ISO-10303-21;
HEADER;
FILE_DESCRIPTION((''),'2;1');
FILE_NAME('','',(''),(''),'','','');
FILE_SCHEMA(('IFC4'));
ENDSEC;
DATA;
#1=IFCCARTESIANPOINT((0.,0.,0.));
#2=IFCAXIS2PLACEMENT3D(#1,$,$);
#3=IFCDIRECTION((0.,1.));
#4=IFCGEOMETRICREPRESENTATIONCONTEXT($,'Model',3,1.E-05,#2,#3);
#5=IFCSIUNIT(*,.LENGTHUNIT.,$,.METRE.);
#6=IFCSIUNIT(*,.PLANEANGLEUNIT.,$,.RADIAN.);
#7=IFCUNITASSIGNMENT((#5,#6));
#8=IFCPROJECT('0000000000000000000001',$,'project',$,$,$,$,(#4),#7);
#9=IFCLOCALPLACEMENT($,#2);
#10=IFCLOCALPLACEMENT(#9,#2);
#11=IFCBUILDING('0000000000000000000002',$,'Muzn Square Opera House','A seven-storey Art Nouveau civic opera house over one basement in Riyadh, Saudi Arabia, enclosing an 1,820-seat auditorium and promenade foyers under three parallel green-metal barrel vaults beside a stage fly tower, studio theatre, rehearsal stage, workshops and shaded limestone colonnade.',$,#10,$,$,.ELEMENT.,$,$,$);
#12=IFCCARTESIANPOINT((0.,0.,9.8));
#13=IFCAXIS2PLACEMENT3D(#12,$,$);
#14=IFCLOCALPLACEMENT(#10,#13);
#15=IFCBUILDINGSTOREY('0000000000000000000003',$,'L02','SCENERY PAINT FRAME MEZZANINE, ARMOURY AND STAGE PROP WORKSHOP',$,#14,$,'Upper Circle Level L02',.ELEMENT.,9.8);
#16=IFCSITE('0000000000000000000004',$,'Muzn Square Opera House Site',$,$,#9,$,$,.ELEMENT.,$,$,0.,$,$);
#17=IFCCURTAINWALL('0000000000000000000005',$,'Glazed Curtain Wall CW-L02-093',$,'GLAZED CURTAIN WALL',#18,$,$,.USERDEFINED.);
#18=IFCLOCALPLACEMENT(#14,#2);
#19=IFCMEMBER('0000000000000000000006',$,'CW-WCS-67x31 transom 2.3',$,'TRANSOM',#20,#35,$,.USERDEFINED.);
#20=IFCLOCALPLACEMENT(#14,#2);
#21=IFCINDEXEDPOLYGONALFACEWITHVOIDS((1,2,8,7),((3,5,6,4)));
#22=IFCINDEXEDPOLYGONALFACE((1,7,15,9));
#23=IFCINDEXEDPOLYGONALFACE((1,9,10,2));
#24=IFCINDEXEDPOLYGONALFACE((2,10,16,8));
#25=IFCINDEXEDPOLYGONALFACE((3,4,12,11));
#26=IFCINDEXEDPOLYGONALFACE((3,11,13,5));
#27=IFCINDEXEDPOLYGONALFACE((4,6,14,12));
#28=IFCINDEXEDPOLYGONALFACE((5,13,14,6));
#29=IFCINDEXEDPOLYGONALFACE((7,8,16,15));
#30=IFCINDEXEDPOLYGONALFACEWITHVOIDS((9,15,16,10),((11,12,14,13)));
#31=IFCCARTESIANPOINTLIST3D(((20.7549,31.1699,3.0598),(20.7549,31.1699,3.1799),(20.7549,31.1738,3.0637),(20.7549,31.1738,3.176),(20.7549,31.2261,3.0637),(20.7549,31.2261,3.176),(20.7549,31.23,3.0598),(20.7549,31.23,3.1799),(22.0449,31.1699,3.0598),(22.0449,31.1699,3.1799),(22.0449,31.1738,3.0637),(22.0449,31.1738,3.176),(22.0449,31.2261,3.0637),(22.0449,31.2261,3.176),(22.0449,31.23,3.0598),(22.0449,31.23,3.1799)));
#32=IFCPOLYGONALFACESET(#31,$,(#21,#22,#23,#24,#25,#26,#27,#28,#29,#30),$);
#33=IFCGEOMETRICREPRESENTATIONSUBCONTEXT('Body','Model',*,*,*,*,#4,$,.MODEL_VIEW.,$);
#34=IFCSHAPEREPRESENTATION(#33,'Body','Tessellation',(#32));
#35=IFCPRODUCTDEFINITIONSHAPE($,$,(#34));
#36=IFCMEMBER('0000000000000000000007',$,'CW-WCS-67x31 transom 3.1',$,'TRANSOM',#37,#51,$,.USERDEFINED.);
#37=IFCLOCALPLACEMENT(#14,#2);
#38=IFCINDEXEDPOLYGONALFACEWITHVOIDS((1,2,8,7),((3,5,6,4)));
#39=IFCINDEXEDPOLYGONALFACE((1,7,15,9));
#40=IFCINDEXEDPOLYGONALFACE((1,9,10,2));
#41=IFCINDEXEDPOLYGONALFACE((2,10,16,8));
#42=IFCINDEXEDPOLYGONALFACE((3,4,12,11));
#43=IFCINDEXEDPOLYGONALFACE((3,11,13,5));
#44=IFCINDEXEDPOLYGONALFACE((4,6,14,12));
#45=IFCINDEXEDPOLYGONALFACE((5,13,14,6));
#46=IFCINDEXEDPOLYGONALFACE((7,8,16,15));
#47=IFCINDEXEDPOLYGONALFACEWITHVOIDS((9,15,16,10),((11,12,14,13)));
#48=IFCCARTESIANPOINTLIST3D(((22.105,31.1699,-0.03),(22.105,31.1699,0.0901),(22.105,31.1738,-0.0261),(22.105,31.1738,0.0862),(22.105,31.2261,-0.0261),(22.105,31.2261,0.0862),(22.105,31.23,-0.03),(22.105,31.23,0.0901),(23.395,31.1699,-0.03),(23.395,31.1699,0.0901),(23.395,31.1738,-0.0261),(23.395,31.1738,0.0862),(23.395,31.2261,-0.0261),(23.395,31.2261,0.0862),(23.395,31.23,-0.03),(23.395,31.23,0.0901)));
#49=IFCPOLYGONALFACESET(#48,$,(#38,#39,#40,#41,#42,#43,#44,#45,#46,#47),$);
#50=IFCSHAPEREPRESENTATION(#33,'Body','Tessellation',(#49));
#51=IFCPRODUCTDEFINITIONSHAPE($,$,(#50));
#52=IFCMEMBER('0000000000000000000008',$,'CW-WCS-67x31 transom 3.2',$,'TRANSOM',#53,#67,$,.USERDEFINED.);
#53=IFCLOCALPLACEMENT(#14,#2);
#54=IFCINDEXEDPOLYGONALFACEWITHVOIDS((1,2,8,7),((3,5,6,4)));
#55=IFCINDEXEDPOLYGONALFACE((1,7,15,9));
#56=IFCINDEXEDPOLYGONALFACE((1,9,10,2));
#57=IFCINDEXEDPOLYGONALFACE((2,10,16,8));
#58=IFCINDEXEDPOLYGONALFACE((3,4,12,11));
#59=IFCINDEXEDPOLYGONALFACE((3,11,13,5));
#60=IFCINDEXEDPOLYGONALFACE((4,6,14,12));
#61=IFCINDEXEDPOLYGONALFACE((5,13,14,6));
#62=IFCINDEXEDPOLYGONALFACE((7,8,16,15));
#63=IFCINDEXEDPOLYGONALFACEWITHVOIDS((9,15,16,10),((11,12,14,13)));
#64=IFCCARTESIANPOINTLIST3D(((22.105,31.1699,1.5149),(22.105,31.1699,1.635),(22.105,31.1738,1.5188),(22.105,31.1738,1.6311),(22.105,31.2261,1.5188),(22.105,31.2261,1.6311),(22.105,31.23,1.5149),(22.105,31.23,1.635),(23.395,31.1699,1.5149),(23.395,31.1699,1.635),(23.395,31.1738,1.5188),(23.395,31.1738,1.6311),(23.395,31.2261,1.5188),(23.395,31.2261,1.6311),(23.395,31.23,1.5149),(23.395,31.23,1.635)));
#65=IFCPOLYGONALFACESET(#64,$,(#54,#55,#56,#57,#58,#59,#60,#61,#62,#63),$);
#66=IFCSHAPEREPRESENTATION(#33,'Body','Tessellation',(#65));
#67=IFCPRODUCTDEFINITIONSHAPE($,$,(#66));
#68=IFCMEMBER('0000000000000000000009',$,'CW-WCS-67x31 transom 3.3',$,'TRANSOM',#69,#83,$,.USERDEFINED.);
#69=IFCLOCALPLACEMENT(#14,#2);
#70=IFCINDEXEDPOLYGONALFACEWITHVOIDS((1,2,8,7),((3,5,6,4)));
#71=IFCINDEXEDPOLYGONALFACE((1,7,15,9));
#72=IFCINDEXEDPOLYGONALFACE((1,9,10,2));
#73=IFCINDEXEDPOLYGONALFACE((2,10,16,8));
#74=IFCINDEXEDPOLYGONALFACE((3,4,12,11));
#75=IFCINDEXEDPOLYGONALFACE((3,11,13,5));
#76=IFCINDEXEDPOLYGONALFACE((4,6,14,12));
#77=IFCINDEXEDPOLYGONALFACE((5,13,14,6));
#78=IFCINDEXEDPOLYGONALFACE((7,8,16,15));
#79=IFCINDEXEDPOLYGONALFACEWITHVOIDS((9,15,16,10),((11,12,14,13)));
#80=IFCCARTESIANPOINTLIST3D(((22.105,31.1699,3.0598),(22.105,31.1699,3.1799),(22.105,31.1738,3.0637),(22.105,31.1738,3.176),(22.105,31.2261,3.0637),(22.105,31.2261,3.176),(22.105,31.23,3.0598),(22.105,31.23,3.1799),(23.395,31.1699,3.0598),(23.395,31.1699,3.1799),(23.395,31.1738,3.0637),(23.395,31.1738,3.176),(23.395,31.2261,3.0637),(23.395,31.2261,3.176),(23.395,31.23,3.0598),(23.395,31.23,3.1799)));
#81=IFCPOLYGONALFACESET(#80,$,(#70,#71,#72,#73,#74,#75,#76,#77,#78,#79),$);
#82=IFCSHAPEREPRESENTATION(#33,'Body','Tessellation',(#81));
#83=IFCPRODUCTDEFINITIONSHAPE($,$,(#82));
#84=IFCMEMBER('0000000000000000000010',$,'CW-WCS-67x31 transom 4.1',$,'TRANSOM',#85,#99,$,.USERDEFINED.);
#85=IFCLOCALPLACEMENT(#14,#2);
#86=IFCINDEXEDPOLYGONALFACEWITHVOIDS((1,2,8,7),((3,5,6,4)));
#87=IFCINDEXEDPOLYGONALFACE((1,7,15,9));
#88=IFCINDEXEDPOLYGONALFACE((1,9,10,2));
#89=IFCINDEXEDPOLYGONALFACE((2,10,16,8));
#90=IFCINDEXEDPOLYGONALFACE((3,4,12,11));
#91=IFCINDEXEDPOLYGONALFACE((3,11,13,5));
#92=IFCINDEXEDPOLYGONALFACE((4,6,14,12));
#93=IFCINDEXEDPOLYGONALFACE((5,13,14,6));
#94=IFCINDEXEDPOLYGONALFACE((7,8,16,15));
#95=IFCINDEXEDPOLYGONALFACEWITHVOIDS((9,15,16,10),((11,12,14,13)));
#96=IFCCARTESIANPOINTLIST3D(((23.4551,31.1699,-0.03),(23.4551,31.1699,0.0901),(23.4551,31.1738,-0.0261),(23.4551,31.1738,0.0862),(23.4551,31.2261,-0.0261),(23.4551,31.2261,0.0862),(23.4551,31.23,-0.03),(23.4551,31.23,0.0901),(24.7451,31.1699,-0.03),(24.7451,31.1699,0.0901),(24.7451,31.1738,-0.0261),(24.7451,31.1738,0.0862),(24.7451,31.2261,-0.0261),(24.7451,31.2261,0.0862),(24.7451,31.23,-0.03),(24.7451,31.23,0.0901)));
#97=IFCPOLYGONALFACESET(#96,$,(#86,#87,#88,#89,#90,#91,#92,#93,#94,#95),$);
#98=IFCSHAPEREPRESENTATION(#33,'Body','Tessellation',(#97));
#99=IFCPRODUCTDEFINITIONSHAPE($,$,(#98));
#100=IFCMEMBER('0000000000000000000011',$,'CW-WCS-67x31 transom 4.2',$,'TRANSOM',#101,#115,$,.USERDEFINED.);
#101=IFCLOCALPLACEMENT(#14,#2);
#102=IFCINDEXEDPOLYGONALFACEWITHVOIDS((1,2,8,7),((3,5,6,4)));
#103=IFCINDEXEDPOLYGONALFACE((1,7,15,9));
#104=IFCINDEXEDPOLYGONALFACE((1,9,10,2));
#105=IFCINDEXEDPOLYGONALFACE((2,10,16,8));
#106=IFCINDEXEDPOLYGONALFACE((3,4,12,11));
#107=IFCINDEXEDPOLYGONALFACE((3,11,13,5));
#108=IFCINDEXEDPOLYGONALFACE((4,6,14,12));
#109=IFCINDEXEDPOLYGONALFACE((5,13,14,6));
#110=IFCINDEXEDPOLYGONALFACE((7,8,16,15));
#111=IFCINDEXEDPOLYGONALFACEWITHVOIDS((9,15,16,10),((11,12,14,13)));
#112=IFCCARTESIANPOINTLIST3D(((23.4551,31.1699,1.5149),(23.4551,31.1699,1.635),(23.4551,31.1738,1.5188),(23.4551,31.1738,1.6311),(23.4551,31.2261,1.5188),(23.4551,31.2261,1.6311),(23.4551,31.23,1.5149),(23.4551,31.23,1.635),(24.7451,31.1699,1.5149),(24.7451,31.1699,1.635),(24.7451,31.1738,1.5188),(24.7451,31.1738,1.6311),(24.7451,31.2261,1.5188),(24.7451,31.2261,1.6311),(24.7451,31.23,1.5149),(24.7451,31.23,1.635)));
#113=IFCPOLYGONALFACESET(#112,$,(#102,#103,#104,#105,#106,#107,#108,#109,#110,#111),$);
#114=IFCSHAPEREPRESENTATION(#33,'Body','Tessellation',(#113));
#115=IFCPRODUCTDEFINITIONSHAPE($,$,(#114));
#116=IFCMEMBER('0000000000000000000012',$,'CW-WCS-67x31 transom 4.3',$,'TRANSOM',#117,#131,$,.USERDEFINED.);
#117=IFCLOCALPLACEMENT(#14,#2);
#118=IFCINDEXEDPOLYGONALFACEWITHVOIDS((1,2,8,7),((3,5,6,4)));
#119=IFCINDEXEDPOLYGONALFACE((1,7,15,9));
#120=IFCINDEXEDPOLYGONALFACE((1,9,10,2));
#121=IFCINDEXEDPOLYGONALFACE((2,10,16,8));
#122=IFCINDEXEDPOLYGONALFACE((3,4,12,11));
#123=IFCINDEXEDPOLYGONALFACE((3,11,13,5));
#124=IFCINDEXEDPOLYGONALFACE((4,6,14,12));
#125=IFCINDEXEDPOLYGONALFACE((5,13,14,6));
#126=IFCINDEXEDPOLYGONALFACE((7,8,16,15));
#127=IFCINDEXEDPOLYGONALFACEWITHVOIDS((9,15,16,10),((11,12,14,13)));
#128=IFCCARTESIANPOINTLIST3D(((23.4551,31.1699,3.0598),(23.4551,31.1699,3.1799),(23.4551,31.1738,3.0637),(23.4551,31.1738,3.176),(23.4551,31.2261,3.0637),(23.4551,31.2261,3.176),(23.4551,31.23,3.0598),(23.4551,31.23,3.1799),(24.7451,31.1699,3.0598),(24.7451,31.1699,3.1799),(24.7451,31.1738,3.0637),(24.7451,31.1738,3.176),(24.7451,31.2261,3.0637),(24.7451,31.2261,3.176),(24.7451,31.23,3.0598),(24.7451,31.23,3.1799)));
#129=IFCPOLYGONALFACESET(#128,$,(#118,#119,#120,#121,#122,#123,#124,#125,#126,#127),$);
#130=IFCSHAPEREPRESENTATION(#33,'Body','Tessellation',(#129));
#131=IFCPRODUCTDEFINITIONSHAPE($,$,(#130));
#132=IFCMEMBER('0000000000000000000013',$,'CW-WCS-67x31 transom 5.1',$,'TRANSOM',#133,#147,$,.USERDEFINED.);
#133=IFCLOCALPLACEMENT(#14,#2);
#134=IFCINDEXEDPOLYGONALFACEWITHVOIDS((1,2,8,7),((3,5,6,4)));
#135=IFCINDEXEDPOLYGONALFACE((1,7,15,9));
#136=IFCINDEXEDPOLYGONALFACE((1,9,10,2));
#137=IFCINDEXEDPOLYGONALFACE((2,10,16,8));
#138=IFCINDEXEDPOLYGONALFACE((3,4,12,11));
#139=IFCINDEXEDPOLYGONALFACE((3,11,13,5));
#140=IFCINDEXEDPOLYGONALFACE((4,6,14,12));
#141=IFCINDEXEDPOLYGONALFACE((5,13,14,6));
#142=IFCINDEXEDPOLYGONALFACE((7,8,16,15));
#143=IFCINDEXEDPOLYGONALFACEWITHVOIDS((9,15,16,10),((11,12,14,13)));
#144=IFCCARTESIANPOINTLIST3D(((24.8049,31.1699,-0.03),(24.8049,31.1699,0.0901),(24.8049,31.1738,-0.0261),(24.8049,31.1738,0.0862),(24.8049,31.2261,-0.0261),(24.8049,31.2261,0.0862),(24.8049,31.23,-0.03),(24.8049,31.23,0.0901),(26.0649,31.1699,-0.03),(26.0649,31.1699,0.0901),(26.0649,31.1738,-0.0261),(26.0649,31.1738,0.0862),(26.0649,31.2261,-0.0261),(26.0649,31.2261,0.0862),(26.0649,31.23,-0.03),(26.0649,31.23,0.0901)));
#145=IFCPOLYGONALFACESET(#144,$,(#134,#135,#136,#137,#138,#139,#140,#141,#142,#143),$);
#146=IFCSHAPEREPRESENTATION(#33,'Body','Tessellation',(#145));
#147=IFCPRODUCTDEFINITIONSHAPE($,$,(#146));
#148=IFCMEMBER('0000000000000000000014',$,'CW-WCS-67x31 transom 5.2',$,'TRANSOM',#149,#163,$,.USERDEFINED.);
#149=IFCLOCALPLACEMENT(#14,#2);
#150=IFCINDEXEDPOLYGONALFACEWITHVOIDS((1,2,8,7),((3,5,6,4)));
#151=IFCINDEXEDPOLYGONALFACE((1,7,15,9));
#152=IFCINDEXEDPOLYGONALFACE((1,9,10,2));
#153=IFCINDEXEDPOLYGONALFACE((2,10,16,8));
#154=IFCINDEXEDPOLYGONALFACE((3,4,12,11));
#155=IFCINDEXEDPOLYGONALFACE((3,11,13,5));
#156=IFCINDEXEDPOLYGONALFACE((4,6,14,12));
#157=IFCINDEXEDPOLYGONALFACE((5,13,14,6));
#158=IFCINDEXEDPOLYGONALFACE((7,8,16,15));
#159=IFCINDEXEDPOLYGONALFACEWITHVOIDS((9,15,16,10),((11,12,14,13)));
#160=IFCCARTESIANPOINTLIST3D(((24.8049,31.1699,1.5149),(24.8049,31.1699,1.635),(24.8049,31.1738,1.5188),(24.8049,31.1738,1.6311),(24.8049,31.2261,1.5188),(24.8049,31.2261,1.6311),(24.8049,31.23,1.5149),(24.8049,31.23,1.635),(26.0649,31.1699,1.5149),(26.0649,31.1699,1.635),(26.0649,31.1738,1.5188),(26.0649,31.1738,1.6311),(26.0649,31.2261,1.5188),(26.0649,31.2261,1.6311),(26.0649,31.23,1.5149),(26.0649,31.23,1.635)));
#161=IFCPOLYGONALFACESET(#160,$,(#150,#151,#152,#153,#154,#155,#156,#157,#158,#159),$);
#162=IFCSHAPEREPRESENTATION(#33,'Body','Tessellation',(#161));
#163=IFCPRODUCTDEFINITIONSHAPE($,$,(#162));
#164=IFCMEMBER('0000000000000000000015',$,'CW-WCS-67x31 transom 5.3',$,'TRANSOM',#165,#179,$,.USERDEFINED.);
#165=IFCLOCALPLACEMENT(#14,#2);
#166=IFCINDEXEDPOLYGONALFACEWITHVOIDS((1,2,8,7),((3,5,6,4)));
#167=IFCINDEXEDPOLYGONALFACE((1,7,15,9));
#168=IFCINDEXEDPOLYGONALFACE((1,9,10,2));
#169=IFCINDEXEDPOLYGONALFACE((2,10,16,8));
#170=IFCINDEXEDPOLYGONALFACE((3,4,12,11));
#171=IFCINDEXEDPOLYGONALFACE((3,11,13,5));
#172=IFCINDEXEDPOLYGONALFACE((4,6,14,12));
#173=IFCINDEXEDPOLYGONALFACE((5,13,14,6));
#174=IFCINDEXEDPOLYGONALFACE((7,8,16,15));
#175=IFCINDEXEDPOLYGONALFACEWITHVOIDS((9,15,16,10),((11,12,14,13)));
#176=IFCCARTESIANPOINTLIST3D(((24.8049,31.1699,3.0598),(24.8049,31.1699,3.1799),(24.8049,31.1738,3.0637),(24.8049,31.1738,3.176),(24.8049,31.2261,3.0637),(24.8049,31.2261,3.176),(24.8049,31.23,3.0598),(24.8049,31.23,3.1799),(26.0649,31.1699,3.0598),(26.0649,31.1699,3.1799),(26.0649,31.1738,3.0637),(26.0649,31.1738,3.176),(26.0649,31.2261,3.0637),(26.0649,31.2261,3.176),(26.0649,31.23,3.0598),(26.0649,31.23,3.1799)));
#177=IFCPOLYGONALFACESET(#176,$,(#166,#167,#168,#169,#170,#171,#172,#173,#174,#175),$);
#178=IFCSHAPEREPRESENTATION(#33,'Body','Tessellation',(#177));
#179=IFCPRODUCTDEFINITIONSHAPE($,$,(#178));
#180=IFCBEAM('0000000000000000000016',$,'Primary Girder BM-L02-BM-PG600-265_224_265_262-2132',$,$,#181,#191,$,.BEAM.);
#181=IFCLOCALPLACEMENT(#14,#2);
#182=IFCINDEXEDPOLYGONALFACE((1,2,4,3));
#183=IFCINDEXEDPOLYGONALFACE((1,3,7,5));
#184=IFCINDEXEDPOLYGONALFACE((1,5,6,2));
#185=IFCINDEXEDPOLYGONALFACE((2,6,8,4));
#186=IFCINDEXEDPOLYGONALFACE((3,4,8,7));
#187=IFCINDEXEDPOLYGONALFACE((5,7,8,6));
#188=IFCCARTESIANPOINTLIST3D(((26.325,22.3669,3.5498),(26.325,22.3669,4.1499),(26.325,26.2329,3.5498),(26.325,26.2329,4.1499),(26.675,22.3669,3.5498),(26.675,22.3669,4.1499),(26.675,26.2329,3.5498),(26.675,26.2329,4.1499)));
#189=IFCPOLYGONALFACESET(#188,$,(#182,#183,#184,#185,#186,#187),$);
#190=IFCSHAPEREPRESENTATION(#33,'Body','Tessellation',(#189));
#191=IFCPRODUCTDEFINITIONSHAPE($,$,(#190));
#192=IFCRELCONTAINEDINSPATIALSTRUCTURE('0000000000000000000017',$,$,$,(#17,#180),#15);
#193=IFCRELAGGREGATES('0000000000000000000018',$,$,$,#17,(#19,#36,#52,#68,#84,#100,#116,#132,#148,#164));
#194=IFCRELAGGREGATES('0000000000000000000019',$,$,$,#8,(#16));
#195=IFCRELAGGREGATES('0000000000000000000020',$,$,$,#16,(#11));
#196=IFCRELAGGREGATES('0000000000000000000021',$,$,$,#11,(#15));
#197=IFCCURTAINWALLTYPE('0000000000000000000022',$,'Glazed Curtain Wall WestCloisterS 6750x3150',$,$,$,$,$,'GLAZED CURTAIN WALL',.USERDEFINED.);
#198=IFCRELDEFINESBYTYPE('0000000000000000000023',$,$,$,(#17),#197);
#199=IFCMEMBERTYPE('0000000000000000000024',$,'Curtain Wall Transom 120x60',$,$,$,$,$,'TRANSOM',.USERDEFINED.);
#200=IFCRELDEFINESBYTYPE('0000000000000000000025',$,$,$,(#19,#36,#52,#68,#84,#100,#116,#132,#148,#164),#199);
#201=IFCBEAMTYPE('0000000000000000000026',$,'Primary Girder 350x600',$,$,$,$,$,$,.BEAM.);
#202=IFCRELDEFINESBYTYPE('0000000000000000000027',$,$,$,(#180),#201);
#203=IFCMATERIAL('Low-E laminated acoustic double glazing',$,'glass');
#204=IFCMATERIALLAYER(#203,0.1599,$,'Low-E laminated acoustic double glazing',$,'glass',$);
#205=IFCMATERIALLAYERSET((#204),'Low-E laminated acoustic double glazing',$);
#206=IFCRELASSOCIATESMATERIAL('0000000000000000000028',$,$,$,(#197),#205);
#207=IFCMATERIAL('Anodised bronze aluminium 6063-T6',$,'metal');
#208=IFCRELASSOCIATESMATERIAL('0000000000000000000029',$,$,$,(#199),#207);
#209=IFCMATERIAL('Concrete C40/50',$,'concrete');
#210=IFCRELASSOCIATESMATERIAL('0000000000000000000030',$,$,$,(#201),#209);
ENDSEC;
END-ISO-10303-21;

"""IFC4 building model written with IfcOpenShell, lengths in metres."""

from ifc_helpers import new_model, si_unit, direction, frame, origin, origin_2d, place, context, subcontext, project, spatial, rectangle, hollow_rectangle, extrude, material, layer, layer_set, material_profile, profile_set, type_object, element, aggregate, save


model = new_model("IFC4")

# Units and contexts
model_context = context("Model", 3, precision=1e-05, world=origin(), true_north=direction((0.0, 1.0)))
body_context = subcontext(model_context, "Body", "Model", "MODEL_VIEW")
ifc_project = project(units=[si_unit("LENGTHUNIT", "METRE"), si_unit("PLANEANGLEUNIT", "RADIAN")], contexts=[model_context])

# Site, building, storey
site_placement = place(None, origin())
site = spatial("IfcSite", under=ifc_project, at=site_placement, Name="Muzn Square Opera House Site", CompositionType="ELEMENT", RefElevation=0.0)
building_placement = place(site_placement, origin())
building = spatial("IfcBuilding", under=site, at=building_placement, Name="Muzn Square Opera House", Description="A seven-storey Art Nouveau civic opera house over one basement in Riyadh, Saudi Arabia, enclosing an 1,820-seat auditorium and promenade foyers under three parallel green-metal barrel vaults beside a stage fly tower, studio theatre, rehearsal stage, workshops and shaded limestone colonnade.", CompositionType="ELEMENT")
storey_placement = place(building_placement, frame((0.0, 0.0, 9.8)))
storey = spatial("IfcBuildingStorey", under=building, at=storey_placement, Name="L02", Description="SCENERY PAINT FRAME MEZZANINE, ARMOURY AND STAGE PROP WORKSHOP", LongName="Upper Circle Level L02", CompositionType="ELEMENT", Elevation=9.8)

# Curtain wall, members
ifc_material_1 = material(Name="Low-E laminated acoustic double glazing", Category="glass")
ifc_layer_1 = layer(ifc_material_1, 0.1599, Name="Low-E laminated acoustic double glazing", Category="glass")
ifc_layer_set_1 = layer_set([ifc_layer_1], Name="Low-E laminated acoustic double glazing")
curtain_wall_type = type_object("IfcCurtainWallType", Name="Glazed Curtain Wall WestCloisterS 6750x3150", ElementType="GLAZED CURTAIN WALL", PredefinedType="USERDEFINED", material=ifc_layer_set_1)
curtain_wall_placement = place(storey_placement, origin())
curtain_wall = element("IfcCurtainWall", 1, at=curtain_wall_placement, inside=storey, type_object=curtain_wall_type, Name="Glazed Curtain Wall CW-L02-093", ObjectType="GLAZED CURTAIN WALL", PredefinedType="USERDEFINED")
ifc_material_2 = material(Name="Anodised bronze aluminium 6063-T6", Category="metal")
ifc_material_profile_1 = material_profile(ifc_material_2, hollow_rectangle(XDim=0.0601, YDim=0.1201, WallThickness=0.0039, at=origin_2d()), Name="ALU 120x60x4", Category="metal")
ifc_profile_set_1 = profile_set([ifc_material_profile_1], Name="Anodised bronze aluminium 6063-T6")
member_type_1 = type_object("IfcMemberType", Name="Curtain Wall Transom 120x60", ElementType="TRANSOM", PredefinedType="USERDEFINED", material=ifc_profile_set_1)
member_1_placement = place(storey_placement, frame((20.7549, 31.2, 3.1199), z_axis=(1.0, 0.0, 0.0), x_axis=(0.0, 1.0, 0.0)))
member_1 = element("IfcMember", 2, at=member_1_placement, type_object=member_type_1, Name="CW-WCS-67x31 transom 2.3", ObjectType="TRANSOM", PredefinedType="USERDEFINED", context=body_context, shape_type="SweptSolid", body=[
    extrude(hollow_rectangle(XDim=0.0601, YDim=0.1201, WallThickness=0.0039, at=origin_2d()), origin(), (0.0, 0.0, 1.0), 1.29),
])
member_2_placement = place(storey_placement, frame((22.105, 31.2, 0.03), z_axis=(1.0, 0.0, 0.0), x_axis=(0.0, 1.0, 0.0)))
member_2 = element("IfcMember", 3, at=member_2_placement, type_object=member_type_1, Name="CW-WCS-67x31 transom 3.1", ObjectType="TRANSOM", PredefinedType="USERDEFINED", context=body_context, shape_type="SweptSolid", body=[
    extrude(hollow_rectangle(XDim=0.0601, YDim=0.1201, WallThickness=0.0039, at=origin_2d()), origin(), (0.0, 0.0, 1.0), 1.29),
])
member_3_placement = place(storey_placement, frame((22.105, 31.2, 1.575), z_axis=(1.0, 0.0, 0.0), x_axis=(0.0, 1.0, 0.0)))
member_3 = element("IfcMember", 4, at=member_3_placement, type_object=member_type_1, Name="CW-WCS-67x31 transom 3.2", ObjectType="TRANSOM", PredefinedType="USERDEFINED", context=body_context, shape_type="SweptSolid", body=[
    extrude(hollow_rectangle(XDim=0.0601, YDim=0.1201, WallThickness=0.0039, at=origin_2d()), origin(), (0.0, 0.0, 1.0), 1.29),
])
member_4_placement = place(storey_placement, frame((22.105, 31.2, 3.1199), z_axis=(1.0, 0.0, 0.0), x_axis=(0.0, 1.0, 0.0)))
member_4 = element("IfcMember", 5, at=member_4_placement, type_object=member_type_1, Name="CW-WCS-67x31 transom 3.3", ObjectType="TRANSOM", PredefinedType="USERDEFINED", context=body_context, shape_type="SweptSolid", body=[
    extrude(hollow_rectangle(XDim=0.0601, YDim=0.1201, WallThickness=0.0039, at=origin_2d()), origin(), (0.0, 0.0, 1.0), 1.29),
])
member_5_placement = place(storey_placement, frame((23.4551, 31.2, 0.03), z_axis=(1.0, 0.0, 0.0), x_axis=(0.0, 1.0, 0.0)))
member_5 = element("IfcMember", 6, at=member_5_placement, type_object=member_type_1, Name="CW-WCS-67x31 transom 4.1", ObjectType="TRANSOM", PredefinedType="USERDEFINED", context=body_context, shape_type="SweptSolid", body=[
    extrude(hollow_rectangle(XDim=0.0601, YDim=0.1201, WallThickness=0.0039, at=origin_2d()), origin(), (0.0, 0.0, 1.0), 1.29),
])
member_6_placement = place(storey_placement, frame((23.4551, 31.2, 1.575), z_axis=(1.0, 0.0, 0.0), x_axis=(0.0, 1.0, 0.0)))
member_6 = element("IfcMember", 7, at=member_6_placement, type_object=member_type_1, Name="CW-WCS-67x31 transom 4.2", ObjectType="TRANSOM", PredefinedType="USERDEFINED", context=body_context, shape_type="SweptSolid", body=[
    extrude(hollow_rectangle(XDim=0.0601, YDim=0.1201, WallThickness=0.0039, at=origin_2d()), origin(), (0.0, 0.0, 1.0), 1.29),
])
member_7_placement = place(storey_placement, frame((23.4551, 31.2, 3.1199), z_axis=(1.0, 0.0, 0.0), x_axis=(0.0, 1.0, 0.0)))
member_7 = element("IfcMember", 8, at=member_7_placement, type_object=member_type_1, Name="CW-WCS-67x31 transom 4.3", ObjectType="TRANSOM", PredefinedType="USERDEFINED", context=body_context, shape_type="SweptSolid", body=[
    extrude(hollow_rectangle(XDim=0.0601, YDim=0.1201, WallThickness=0.0039, at=origin_2d()), origin(), (0.0, 0.0, 1.0), 1.29),
])
member_8_placement = place(storey_placement, frame((24.8049, 31.2, 0.03), z_axis=(1.0, 0.0, 0.0), x_axis=(0.0, 1.0, 0.0)))
member_8 = element("IfcMember", 9, at=member_8_placement, type_object=member_type_1, Name="CW-WCS-67x31 transom 5.1", ObjectType="TRANSOM", PredefinedType="USERDEFINED", context=body_context, shape_type="SweptSolid", body=[
    extrude(hollow_rectangle(XDim=0.0601, YDim=0.1201, WallThickness=0.0039, at=origin_2d()), origin(), (0.0, 0.0, 1.0), 1.26),
])
member_9_placement = place(storey_placement, frame((24.8049, 31.2, 1.575), z_axis=(1.0, 0.0, 0.0), x_axis=(0.0, 1.0, 0.0)))
member_9 = element("IfcMember", 10, at=member_9_placement, type_object=member_type_1, Name="CW-WCS-67x31 transom 5.2", ObjectType="TRANSOM", PredefinedType="USERDEFINED", context=body_context, shape_type="SweptSolid", body=[
    extrude(hollow_rectangle(XDim=0.0601, YDim=0.1201, WallThickness=0.0039, at=origin_2d()), origin(), (0.0, 0.0, 1.0), 1.26),
])
member_10_placement = place(storey_placement, frame((24.8049, 31.2, 3.1199), z_axis=(1.0, 0.0, 0.0), x_axis=(0.0, 1.0, 0.0)))
member_10 = element("IfcMember", 11, at=member_10_placement, type_object=member_type_1, Name="CW-WCS-67x31 transom 5.3", ObjectType="TRANSOM", PredefinedType="USERDEFINED", context=body_context, shape_type="SweptSolid", body=[
    extrude(hollow_rectangle(XDim=0.0601, YDim=0.1201, WallThickness=0.0039, at=origin_2d()), origin(), (0.0, 0.0, 1.0), 1.26),
])

# Beam
ifc_material_3 = material(Name="Concrete C40/50", Category="concrete")
ifc_material_profile_2 = material_profile(ifc_material_3, rectangle(XDim=0.3501, YDim=0.6001, at=origin_2d()), Name="RCB 350x600", Category="concrete")
ifc_profile_set_2 = profile_set([ifc_material_profile_2], Name="Concrete C40/50")
beam_type = type_object("IfcBeamType", Name="Primary Girder 350x600", PredefinedType="BEAM", material=ifc_profile_set_2)
for number, where, z_axis, x_axis, name in (
    (12, (26.5, 22.3669, 3.8499), (0.0, 1.0, 0.0), (-1.0, 0.0, 0.0), "Primary Girder BM-L02-BM-PG600-265_224_265_262-2132"),
):
    element("IfcBeam", number, at=place(storey_placement, frame(where, z_axis=z_axis, x_axis=x_axis)), inside=storey, type_object=beam_type, Name=name, PredefinedType="BEAM", context=body_context, shape_type="SweptSolid", body=[
        extrude(rectangle(XDim=0.3501, YDim=0.6001, at=origin_2d()), origin(), (0.0, 0.0, 1.0), 3.866),
    ])

aggregate(curtain_wall, [member_1, member_2, member_3, member_4, member_5, member_6, member_7, member_8, member_9, member_10])

save(model, "model.ifc")
